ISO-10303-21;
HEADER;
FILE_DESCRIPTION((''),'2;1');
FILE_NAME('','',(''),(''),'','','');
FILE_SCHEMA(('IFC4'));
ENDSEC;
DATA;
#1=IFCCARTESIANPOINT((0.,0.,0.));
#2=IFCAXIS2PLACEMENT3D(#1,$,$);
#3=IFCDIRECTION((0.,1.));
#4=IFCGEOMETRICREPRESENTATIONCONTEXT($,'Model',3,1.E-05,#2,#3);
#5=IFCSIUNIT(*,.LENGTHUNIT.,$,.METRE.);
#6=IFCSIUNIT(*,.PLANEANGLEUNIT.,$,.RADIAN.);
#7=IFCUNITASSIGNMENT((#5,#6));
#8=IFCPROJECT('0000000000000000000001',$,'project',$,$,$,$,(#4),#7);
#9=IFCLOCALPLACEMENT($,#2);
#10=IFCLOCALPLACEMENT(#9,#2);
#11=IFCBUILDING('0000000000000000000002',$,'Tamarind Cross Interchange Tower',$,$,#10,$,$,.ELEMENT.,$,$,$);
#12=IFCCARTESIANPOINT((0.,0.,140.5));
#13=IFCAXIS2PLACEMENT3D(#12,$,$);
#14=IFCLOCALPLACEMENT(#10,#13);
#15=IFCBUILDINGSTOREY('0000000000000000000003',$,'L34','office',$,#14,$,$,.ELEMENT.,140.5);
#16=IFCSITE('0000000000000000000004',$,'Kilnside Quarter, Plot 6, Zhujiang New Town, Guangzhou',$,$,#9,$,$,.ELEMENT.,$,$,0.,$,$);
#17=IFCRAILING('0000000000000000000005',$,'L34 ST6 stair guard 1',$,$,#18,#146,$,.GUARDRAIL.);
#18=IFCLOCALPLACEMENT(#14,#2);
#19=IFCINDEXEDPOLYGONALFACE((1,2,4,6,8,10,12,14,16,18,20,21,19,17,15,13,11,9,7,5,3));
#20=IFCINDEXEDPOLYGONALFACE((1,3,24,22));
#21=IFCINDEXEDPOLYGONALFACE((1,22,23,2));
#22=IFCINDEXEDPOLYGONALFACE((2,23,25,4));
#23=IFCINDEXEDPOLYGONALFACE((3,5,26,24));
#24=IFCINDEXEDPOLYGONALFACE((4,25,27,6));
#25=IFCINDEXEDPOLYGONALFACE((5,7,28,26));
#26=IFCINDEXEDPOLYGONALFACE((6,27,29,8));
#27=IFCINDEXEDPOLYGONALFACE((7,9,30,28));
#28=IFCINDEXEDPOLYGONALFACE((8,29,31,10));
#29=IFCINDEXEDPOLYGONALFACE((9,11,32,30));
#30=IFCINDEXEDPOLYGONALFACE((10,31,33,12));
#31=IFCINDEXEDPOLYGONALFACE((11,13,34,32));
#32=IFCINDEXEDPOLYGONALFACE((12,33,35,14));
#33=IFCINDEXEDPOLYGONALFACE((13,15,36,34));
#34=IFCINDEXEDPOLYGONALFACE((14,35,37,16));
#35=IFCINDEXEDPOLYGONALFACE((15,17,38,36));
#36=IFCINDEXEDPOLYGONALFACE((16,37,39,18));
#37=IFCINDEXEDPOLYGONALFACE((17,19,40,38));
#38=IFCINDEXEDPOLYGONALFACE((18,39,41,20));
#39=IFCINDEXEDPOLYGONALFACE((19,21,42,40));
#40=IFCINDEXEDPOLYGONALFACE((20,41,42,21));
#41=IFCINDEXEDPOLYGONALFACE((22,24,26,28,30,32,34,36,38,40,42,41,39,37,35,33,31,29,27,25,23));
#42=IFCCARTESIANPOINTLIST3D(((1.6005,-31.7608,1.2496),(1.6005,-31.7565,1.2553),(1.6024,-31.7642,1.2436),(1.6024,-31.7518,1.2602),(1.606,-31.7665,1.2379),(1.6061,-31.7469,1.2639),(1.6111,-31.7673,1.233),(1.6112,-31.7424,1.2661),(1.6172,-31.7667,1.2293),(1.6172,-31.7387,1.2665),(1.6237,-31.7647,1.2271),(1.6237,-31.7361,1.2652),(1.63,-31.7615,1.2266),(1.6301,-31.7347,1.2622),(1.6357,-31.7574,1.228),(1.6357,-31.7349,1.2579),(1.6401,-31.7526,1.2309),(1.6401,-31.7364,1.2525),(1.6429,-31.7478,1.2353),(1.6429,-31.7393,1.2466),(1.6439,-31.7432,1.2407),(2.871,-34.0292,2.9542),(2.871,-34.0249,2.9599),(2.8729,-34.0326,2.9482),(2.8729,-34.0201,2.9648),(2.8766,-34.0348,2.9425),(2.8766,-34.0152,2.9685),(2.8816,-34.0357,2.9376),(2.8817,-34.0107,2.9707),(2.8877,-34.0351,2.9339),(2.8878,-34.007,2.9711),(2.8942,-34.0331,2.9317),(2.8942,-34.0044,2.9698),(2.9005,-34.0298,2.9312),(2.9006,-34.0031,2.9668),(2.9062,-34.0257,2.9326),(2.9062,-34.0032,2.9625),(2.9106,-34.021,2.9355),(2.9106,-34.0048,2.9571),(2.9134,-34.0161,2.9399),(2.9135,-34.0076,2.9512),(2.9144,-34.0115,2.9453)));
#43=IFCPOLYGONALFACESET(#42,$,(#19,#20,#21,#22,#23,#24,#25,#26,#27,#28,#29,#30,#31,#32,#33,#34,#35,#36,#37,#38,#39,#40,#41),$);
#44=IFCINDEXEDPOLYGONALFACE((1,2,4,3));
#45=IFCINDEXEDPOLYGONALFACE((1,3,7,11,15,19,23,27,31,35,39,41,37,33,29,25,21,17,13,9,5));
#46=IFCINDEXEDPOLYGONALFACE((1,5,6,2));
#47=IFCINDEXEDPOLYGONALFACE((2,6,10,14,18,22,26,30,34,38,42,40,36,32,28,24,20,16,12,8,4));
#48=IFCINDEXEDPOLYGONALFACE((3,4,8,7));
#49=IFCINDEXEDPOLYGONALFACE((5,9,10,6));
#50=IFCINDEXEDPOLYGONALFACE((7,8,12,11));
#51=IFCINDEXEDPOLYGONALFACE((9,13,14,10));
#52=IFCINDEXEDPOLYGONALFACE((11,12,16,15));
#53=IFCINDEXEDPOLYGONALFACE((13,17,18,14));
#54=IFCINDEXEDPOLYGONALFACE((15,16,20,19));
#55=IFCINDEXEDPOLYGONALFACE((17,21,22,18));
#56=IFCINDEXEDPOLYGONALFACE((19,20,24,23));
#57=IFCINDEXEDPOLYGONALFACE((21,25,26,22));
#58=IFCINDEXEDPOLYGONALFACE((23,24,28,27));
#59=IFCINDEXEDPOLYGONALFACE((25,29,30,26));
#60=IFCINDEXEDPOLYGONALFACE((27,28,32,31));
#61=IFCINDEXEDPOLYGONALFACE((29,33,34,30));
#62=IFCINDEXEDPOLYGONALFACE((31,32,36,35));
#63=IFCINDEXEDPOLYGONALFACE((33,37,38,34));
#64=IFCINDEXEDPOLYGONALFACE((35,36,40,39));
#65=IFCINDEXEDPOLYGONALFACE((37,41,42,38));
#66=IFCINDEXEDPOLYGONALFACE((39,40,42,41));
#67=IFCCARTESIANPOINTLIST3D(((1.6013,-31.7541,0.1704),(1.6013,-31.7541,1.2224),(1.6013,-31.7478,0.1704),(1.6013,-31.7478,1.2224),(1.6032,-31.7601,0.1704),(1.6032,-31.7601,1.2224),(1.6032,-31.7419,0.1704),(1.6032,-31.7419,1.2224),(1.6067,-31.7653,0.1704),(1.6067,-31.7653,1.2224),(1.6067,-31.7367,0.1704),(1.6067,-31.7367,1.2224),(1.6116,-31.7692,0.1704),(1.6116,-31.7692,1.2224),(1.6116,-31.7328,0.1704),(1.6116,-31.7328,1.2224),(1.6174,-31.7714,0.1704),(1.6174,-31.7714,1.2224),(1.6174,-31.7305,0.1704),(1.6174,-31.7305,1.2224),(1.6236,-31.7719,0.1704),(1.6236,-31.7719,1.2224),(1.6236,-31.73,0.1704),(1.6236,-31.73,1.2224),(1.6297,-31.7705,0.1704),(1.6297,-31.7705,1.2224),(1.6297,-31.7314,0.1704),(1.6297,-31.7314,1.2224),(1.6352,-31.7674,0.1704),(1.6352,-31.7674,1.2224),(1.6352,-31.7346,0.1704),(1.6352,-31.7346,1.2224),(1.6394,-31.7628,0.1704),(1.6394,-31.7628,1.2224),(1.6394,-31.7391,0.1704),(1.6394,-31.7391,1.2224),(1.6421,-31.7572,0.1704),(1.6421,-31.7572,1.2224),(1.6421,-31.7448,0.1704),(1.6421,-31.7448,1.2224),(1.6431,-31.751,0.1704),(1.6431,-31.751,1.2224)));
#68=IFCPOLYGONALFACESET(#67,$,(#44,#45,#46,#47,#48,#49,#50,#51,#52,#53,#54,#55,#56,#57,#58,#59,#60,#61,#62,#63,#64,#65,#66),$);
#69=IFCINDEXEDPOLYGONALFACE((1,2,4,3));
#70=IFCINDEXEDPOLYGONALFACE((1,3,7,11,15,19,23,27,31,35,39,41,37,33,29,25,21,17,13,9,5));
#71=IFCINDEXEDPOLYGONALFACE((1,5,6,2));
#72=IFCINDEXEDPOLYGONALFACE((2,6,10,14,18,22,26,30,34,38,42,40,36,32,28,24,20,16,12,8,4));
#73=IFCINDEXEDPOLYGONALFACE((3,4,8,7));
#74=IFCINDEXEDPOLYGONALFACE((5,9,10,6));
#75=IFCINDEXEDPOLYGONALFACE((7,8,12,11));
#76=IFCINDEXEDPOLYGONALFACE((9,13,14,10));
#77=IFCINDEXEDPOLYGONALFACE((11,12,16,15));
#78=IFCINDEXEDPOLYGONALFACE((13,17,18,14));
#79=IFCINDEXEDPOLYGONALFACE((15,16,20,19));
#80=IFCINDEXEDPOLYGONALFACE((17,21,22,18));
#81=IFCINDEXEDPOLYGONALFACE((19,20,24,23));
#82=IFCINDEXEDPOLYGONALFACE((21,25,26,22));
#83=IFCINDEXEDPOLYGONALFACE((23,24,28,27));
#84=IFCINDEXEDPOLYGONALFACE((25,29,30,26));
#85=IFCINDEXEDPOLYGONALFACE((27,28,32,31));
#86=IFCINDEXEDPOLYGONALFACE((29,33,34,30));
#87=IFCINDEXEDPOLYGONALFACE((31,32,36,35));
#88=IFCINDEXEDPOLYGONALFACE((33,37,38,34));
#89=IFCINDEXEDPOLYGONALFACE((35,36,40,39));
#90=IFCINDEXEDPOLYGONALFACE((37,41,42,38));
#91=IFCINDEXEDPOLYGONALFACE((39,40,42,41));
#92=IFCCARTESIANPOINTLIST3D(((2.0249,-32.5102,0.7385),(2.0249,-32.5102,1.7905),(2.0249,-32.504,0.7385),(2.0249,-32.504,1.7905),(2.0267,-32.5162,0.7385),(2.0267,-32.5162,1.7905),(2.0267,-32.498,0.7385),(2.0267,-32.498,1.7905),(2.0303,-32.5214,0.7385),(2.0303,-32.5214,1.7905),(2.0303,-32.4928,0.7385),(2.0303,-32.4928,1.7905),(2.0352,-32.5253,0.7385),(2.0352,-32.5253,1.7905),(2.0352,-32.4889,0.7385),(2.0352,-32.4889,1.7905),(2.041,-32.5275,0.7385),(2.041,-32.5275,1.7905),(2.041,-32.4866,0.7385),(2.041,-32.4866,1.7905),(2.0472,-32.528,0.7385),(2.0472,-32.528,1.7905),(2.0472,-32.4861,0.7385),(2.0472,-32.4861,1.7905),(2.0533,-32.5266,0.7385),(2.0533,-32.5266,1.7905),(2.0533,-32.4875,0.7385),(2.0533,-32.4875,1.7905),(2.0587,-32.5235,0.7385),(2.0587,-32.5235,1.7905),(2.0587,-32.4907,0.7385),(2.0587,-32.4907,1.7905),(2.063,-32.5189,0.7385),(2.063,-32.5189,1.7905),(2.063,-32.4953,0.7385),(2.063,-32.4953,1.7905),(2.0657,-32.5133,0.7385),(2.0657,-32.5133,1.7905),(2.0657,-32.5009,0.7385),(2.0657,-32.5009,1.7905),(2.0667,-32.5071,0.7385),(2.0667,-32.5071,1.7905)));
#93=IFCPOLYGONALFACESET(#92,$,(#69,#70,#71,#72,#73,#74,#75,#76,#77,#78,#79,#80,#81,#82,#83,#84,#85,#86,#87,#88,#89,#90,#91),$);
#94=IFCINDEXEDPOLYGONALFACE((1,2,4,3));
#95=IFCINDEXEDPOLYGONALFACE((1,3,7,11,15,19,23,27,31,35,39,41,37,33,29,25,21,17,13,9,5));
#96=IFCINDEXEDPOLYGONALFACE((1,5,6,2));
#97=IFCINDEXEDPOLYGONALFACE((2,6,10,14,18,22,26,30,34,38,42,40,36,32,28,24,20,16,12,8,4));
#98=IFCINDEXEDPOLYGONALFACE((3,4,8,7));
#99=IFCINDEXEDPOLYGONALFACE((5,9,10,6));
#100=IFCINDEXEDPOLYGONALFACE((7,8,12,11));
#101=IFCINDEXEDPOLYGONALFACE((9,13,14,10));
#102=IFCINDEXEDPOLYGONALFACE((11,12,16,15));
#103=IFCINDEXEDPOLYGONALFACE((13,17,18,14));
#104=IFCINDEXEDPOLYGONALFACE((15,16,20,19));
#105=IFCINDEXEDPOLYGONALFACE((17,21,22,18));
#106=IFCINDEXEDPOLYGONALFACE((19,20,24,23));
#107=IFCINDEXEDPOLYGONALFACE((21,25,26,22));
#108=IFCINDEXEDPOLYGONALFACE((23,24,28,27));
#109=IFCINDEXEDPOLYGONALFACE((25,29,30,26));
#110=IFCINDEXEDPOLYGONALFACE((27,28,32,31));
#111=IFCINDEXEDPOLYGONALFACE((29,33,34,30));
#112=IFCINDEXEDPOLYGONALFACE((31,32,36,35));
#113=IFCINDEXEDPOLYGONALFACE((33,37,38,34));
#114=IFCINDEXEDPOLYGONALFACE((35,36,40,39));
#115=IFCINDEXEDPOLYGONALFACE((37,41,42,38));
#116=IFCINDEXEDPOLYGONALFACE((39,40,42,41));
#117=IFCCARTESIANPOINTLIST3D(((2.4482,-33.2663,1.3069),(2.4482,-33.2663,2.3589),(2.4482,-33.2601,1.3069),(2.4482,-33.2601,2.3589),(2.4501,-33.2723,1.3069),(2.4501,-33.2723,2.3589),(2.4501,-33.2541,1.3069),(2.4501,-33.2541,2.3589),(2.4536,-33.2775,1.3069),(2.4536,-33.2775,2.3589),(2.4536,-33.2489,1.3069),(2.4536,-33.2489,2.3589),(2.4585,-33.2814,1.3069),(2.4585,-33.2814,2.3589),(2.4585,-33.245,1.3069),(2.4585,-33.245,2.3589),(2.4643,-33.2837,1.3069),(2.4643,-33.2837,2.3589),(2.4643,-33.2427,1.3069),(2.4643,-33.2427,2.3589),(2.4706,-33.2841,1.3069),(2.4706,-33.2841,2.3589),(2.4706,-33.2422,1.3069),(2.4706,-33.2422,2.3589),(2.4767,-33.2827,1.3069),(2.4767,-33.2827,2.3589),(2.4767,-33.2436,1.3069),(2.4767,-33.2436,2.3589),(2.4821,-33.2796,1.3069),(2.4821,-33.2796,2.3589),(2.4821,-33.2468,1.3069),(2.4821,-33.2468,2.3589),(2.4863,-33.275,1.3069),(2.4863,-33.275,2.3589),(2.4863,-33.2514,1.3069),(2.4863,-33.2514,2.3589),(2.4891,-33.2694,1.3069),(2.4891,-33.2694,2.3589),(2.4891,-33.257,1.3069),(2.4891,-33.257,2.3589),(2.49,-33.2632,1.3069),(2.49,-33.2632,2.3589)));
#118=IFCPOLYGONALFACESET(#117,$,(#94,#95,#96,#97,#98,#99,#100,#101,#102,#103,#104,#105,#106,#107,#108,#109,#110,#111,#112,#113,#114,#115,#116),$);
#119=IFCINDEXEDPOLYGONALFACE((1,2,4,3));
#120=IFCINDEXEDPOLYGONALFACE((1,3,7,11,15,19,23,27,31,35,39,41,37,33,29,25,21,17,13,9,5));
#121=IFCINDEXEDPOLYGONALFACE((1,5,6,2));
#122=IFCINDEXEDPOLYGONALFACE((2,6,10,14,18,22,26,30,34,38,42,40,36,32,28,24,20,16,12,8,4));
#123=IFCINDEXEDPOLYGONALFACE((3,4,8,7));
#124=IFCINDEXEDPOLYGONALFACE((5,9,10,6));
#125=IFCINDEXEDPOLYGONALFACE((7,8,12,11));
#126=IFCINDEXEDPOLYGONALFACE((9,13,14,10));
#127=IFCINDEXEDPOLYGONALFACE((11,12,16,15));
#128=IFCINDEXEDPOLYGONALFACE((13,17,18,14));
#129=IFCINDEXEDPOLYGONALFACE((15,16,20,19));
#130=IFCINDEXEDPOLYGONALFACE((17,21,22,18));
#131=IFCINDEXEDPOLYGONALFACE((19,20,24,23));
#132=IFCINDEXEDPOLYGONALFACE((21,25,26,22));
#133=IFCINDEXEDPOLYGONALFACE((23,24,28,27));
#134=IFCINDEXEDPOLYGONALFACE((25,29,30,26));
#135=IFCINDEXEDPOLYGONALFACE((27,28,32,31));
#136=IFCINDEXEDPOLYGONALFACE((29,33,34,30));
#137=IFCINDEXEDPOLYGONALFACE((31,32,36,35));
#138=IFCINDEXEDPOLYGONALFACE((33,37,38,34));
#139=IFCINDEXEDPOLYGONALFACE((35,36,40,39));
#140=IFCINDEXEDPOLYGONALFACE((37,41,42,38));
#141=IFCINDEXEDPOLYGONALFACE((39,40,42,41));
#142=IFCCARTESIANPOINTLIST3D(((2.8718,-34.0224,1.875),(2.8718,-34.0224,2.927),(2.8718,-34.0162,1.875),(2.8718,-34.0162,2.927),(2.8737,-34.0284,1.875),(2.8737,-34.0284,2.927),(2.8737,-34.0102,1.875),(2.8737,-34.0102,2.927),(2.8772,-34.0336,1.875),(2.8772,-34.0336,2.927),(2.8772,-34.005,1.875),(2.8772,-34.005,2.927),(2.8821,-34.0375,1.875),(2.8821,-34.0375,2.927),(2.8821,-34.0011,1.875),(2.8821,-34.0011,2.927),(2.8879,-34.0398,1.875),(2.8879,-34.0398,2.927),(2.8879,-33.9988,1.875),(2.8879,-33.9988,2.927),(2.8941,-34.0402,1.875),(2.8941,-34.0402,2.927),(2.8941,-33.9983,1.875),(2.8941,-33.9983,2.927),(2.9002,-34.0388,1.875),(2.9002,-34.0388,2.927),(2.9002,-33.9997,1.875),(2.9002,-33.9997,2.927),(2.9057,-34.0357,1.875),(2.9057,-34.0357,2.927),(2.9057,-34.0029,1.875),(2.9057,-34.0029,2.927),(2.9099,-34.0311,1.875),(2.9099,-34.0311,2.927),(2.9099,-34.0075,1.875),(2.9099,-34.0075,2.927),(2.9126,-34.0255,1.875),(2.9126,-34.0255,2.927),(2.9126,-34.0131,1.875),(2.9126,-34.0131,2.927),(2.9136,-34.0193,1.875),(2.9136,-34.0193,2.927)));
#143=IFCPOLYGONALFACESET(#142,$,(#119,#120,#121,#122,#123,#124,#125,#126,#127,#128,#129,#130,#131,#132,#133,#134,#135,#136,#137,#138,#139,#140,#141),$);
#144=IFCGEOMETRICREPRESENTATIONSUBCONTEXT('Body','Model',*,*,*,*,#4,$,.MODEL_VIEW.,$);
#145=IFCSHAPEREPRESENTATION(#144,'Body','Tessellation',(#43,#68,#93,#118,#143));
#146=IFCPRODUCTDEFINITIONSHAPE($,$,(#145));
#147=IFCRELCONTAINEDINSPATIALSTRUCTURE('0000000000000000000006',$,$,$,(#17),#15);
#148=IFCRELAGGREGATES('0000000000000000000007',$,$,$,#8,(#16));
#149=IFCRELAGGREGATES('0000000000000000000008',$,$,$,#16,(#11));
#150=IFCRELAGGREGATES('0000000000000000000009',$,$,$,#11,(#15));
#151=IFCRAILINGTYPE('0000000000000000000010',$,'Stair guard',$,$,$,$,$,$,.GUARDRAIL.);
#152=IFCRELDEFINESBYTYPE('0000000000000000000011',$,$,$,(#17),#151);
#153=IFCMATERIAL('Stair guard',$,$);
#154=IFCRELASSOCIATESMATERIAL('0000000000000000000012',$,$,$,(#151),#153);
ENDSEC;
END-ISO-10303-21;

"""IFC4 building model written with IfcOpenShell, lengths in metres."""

from ifc_helpers import new_model, si_unit, direction, frame, origin, origin_2d, place, context, subcontext, project, spatial, circle, extrude, material, type_object, element, save


model = new_model("IFC4")

# Units and contexts
model_context = context("Model", 3, precision=1e-05, world=origin(), true_north=direction((0.0, 1.0)))
body_context = subcontext(model_context, "Body", "Model", "MODEL_VIEW")
ifc_project = project(units=[si_unit("LENGTHUNIT", "METRE"), si_unit("PLANEANGLEUNIT", "RADIAN")], contexts=[model_context])

# Site, building, storey
site_placement = place(None, origin())
site = spatial("IfcSite", under=ifc_project, at=site_placement, Name="Kilnside Quarter, Plot 6, Zhujiang New Town, Guangzhou", CompositionType="ELEMENT", RefElevation=0.0)
building_placement = place(site_placement, origin())
building = spatial("IfcBuilding", under=site, at=building_placement, Name="Tamarind Cross Interchange Tower", CompositionType="ELEMENT")
storey_placement = place(building_placement, frame((0.0, 0.0, 140.5)))
storey = spatial("IfcBuildingStorey", under=building, at=storey_placement, Name="L34", Description="office", CompositionType="ELEMENT", Elevation=140.5)

# Railing
ifc_material_1 = material(Name="Stair guard")
railing_type = type_object("IfcRailingType", Name="Stair guard", PredefinedType="GUARDRAIL", material=ifc_material_1)
railing_1_placement = place(storey_placement, frame((1.6221, -31.751, 0.1704)))
element("IfcRailing", 1, at=railing_1_placement, inside=storey, type_object=railing_type, Name="L34 ST6 stair guard 1", PredefinedType="GUARDRAIL", context=body_context, shape_type="SweptSolid", body=[
    extrude(circle(Radius=0.0239, at=origin_2d()), frame((0.0, 0.0, 1.0762), z_axis=(0.408672, -0.729626, 0.5483), x_axis=(0.872464, 0.488678, 0.0)), (0.0, 0.0, 1.0), 3.1089),
    extrude(circle(Radius=0.021, at=origin_2d()), origin(), (0.0, 0.0, 1.0), 1.052),
    extrude(circle(Radius=0.021, at=origin_2d()), frame((0.4236, -0.7561, 0.5681)), (0.0, 0.0, 1.0), 1.052),
    extrude(circle(Radius=0.021, at=origin_2d()), frame((0.8469, -1.5122, 1.1365)), (0.0, 0.0, 1.0), 1.052),
    extrude(circle(Radius=0.021, at=origin_2d()), frame((1.2705, -2.2683, 1.7046)), (0.0, 0.0, 1.0), 1.052),
])

save(model, "model.ifc")
